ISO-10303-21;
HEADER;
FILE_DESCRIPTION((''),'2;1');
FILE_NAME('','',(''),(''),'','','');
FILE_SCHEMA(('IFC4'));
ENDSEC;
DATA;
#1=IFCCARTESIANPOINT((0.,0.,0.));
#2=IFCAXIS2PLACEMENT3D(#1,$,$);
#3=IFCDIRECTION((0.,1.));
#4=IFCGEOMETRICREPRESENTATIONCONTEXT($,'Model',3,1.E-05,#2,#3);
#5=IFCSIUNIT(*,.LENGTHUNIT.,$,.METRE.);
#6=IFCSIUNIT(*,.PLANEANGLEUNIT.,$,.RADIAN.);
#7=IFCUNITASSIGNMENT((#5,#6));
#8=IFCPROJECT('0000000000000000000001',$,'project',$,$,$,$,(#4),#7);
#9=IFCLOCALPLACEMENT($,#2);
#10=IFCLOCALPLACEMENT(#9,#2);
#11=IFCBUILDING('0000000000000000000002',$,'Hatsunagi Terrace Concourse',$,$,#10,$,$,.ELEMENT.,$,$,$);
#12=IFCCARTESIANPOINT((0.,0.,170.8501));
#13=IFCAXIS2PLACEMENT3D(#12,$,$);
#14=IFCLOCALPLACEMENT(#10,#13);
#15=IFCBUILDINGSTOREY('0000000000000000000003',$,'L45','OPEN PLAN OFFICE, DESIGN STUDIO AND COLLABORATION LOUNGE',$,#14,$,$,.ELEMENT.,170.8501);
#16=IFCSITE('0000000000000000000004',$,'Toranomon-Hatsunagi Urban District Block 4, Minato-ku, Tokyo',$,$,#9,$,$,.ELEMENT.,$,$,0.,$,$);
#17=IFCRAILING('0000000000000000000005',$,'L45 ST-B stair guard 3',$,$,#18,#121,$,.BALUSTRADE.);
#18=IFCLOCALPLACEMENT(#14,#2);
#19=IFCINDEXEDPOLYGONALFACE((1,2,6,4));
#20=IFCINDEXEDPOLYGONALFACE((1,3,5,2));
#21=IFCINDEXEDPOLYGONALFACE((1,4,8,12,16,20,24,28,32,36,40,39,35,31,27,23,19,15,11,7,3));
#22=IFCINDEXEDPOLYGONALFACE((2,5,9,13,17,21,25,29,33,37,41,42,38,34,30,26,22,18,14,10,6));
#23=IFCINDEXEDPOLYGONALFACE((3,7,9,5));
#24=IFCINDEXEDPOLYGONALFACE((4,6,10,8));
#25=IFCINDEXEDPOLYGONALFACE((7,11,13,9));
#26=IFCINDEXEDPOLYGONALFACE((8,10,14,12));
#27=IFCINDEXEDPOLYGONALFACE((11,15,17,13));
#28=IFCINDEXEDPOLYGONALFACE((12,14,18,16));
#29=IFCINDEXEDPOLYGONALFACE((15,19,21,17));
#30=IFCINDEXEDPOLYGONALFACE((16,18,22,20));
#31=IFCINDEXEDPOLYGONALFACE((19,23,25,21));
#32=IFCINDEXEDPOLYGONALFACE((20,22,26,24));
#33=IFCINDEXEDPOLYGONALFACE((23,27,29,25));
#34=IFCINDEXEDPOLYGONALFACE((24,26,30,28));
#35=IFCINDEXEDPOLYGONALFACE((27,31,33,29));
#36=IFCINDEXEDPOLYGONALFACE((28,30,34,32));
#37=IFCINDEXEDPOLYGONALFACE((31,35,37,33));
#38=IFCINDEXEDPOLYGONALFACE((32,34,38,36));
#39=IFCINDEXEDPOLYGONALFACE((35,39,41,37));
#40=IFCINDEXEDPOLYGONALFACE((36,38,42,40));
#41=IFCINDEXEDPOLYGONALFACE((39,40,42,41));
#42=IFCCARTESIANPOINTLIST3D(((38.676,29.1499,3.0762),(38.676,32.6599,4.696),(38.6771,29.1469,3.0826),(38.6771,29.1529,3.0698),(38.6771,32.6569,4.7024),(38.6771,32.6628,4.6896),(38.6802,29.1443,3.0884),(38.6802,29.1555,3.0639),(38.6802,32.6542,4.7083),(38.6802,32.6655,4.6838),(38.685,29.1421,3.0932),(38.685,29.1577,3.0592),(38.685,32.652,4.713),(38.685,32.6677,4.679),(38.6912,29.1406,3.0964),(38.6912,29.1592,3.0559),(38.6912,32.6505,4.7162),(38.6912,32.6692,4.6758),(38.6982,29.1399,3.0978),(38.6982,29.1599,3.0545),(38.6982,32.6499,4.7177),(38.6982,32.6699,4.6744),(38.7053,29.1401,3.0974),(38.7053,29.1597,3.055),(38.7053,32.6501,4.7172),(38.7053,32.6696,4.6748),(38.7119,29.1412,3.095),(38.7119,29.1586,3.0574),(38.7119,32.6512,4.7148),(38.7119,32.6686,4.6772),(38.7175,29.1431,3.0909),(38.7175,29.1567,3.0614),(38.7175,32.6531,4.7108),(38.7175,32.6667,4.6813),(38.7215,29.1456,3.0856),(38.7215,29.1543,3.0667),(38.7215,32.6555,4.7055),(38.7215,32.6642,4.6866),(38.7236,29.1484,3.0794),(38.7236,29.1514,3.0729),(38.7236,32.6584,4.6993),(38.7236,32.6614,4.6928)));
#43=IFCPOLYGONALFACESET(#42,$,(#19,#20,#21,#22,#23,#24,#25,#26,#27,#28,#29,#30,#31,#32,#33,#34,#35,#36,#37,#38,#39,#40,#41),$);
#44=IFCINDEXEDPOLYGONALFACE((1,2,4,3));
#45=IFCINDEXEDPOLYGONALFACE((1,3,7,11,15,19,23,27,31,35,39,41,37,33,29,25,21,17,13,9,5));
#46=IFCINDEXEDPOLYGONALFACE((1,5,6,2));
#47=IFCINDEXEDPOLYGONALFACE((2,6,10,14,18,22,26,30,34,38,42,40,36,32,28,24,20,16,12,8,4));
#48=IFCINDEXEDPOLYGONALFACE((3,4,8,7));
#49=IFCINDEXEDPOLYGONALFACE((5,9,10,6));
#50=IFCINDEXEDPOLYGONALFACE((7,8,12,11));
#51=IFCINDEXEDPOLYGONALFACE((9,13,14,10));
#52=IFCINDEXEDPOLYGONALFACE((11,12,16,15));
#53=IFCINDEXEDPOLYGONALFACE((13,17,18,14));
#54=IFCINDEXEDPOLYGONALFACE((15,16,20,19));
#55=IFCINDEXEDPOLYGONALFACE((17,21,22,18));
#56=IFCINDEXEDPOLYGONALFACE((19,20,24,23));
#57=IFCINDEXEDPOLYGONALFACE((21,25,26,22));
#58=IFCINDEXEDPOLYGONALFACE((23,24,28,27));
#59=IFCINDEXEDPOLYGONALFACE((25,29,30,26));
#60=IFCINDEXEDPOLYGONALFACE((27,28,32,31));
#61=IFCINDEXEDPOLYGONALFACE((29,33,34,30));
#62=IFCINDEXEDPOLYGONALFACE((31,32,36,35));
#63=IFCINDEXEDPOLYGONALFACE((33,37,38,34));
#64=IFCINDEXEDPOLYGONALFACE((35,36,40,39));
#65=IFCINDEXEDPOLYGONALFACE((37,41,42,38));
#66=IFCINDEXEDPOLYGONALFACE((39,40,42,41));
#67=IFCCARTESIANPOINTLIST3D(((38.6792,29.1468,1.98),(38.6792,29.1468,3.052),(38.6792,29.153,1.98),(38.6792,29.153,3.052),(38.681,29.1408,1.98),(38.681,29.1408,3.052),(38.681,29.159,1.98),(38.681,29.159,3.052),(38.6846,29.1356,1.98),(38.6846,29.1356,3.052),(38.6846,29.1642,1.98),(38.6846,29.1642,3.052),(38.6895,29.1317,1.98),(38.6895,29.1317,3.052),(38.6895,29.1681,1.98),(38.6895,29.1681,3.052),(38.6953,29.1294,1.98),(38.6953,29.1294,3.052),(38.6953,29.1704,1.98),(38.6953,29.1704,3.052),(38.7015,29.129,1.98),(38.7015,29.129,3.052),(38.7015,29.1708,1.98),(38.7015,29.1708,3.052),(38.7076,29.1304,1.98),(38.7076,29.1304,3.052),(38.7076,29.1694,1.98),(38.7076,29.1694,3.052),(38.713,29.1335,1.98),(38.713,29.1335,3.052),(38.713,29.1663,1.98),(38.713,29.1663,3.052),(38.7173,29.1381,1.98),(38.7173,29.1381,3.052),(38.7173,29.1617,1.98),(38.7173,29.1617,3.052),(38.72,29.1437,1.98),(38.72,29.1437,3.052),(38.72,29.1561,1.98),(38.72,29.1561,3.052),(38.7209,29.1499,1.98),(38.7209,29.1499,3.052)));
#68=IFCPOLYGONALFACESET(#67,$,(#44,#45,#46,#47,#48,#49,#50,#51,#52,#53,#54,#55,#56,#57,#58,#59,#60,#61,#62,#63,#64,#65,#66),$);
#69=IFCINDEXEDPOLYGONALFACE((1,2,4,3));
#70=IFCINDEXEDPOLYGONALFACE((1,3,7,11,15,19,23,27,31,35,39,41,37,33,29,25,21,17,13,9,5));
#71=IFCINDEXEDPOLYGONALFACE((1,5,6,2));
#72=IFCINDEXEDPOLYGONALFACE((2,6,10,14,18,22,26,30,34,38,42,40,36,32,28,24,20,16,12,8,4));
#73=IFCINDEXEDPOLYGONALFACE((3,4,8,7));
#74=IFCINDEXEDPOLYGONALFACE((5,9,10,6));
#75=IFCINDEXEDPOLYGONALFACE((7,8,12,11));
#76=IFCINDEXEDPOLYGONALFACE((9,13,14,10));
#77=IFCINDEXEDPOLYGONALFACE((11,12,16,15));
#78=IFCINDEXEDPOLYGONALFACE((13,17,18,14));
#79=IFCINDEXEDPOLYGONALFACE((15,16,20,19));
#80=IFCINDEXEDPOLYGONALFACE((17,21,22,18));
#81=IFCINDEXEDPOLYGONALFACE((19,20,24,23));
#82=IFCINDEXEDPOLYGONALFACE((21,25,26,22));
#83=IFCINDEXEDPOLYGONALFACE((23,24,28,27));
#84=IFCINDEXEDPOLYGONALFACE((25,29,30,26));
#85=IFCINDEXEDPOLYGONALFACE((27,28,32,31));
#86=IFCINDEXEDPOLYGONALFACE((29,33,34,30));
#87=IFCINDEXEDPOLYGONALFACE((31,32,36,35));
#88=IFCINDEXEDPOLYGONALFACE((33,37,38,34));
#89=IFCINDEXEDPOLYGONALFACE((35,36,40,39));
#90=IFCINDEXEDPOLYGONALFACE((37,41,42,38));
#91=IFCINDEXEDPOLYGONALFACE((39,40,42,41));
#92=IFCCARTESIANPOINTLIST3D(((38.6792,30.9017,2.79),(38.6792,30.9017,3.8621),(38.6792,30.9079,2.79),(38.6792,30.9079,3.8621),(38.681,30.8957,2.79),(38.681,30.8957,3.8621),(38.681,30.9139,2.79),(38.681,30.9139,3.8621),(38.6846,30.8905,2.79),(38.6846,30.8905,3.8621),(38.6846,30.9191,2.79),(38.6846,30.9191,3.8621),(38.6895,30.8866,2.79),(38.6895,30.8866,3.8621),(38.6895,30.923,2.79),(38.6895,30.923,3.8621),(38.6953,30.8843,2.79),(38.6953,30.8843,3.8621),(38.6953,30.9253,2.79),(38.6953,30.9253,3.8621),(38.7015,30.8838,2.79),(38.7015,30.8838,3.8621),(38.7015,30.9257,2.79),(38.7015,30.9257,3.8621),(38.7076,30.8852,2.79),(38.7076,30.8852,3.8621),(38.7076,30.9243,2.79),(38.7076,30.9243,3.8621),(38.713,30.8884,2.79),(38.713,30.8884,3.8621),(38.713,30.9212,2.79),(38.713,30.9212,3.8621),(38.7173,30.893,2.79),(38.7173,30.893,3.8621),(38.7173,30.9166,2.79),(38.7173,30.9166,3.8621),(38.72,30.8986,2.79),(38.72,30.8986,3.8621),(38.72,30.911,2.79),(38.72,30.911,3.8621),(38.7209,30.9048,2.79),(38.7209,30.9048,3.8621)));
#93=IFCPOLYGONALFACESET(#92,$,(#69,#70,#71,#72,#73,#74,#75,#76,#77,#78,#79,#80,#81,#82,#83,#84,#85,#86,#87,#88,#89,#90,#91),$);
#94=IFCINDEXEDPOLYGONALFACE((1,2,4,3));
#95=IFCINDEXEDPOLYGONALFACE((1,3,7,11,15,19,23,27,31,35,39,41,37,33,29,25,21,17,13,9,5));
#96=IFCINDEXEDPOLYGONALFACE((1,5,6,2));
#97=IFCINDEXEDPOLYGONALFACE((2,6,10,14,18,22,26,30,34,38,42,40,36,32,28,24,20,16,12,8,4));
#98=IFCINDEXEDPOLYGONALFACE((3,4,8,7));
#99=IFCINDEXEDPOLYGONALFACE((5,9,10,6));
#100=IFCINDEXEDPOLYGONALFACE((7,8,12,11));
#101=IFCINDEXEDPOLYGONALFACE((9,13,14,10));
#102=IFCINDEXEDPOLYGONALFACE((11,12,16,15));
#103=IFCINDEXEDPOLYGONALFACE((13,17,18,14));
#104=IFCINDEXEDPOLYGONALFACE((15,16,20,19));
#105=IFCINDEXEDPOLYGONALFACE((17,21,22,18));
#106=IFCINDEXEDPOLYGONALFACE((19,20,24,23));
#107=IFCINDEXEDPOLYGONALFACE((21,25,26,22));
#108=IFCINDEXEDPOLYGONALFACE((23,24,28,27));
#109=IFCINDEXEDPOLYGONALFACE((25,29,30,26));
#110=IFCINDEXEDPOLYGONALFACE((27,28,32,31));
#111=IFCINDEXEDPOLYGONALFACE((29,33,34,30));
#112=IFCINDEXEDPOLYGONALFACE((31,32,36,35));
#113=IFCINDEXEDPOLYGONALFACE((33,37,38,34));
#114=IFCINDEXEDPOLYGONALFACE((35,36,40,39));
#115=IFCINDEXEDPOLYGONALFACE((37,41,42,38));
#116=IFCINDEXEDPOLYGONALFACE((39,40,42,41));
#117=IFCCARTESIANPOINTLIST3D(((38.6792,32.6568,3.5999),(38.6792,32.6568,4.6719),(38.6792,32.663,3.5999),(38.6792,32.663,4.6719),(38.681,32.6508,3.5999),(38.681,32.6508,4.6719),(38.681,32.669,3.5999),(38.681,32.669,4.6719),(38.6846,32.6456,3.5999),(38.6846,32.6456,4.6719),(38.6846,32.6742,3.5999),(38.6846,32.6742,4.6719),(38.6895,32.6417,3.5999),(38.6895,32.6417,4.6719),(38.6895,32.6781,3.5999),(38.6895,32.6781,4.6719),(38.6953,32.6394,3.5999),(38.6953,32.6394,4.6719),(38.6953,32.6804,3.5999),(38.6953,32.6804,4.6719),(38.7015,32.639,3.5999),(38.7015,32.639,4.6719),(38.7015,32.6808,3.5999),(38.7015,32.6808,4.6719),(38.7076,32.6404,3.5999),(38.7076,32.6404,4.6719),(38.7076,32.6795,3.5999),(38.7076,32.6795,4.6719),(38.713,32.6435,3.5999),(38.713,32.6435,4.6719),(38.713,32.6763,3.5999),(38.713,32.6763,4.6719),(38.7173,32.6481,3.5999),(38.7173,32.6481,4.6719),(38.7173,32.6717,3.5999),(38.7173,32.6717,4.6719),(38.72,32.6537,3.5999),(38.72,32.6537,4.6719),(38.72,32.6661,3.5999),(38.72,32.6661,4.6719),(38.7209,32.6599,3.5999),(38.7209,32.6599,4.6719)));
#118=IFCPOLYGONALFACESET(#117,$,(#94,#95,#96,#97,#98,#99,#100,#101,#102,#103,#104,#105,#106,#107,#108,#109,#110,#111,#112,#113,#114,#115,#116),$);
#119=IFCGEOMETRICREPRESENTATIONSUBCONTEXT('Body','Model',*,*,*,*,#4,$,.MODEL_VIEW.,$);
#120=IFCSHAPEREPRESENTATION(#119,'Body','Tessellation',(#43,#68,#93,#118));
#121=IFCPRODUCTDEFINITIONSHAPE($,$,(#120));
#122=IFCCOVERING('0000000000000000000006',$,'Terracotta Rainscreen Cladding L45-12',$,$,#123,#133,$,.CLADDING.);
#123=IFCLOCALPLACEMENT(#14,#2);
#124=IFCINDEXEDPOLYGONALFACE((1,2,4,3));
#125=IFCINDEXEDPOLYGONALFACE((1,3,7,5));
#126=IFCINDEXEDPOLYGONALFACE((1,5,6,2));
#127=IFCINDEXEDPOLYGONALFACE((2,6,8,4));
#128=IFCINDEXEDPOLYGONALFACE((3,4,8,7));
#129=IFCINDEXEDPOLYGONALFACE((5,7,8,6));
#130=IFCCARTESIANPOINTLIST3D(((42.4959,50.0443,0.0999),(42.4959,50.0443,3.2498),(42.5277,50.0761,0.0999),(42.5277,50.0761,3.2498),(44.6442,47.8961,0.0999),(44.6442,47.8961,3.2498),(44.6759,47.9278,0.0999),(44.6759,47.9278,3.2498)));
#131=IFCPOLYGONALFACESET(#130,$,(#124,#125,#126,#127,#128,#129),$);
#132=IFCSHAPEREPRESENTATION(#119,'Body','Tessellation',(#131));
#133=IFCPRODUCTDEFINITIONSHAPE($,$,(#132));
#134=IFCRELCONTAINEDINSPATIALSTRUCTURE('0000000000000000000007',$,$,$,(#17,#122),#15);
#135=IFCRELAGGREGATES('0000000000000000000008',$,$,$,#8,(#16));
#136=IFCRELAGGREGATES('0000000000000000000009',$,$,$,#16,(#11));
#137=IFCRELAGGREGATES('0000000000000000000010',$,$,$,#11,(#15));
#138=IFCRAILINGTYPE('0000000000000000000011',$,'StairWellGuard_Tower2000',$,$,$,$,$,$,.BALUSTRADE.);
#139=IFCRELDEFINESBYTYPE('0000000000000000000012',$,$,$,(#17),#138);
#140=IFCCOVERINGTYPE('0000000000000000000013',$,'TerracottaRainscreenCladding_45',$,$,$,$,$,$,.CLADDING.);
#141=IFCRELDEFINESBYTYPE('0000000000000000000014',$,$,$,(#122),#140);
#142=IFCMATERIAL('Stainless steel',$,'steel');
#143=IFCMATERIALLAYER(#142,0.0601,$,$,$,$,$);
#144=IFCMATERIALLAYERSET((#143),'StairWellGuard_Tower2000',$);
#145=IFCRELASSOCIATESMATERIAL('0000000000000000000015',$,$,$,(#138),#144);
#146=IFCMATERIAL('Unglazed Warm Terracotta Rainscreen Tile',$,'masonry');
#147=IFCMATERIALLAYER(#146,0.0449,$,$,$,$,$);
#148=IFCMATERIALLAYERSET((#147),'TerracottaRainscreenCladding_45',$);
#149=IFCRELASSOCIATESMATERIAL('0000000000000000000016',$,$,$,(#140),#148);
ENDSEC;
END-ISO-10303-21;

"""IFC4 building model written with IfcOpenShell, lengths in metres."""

from ifc_helpers import new_model, si_unit, direction, frame, origin, origin_2d, place, context, subcontext, project, spatial, rectangle, circle, extrude, material, layer, layer_set, type_object, element, save


model = new_model("IFC4")

# Units and contexts
model_context = context("Model", 3, precision=1e-05, world=origin(), true_north=direction((0.0, 1.0)))
body_context = subcontext(model_context, "Body", "Model", "MODEL_VIEW")
ifc_project = project(units=[si_unit("LENGTHUNIT", "METRE"), si_unit("PLANEANGLEUNIT", "RADIAN")], contexts=[model_context])

# Site, building, storey
site_placement = place(None, origin())
site = spatial("IfcSite", under=ifc_project, at=site_placement, Name="Toranomon-Hatsunagi Urban District Block 4, Minato-ku, Tokyo", CompositionType="ELEMENT", RefElevation=0.0)
building_placement = place(site_placement, origin())
building = spatial("IfcBuilding", under=site, at=building_placement, Name="Hatsunagi Terrace Concourse", CompositionType="ELEMENT")
storey_placement = place(building_placement, frame((0.0, 0.0, 170.8501)))
storey = spatial("IfcBuildingStorey", under=building, at=storey_placement, Name="L45", Description="OPEN PLAN OFFICE, DESIGN STUDIO AND COLLABORATION LOUNGE", CompositionType="ELEMENT", Elevation=170.8501)

# Railing
ifc_material_1 = material(Name="Stainless steel", Category="steel")
ifc_layer_1 = layer(ifc_material_1, 0.0601)
ifc_layer_set_1 = layer_set([ifc_layer_1], Name="StairWellGuard_Tower2000")
railing_type_1 = type_object("IfcRailingType", Name="StairWellGuard_Tower2000", PredefinedType="BALUSTRADE", material=ifc_layer_set_1)
railing_1_placement = place(storey_placement, frame((38.7, 29.1499, 1.98)))
element("IfcRailing", 1, at=railing_1_placement, inside=storey, type_object=railing_type_1, Name="L45 ST-B stair guard 3", PredefinedType="BALUSTRADE", context=body_context, shape_type="SweptSolid", body=[
    extrude(circle(Radius=0.0239, at=origin_2d()), frame((0.0, 0.0, 1.0962), z_axis=(0.0, 0.907972, 0.41903), x_axis=(-1.0, 0.0, 0.0)), (0.0, 0.0, 1.0), 3.8657),
    extrude(circle(Radius=0.021, at=origin_2d()), origin(), (0.0, 0.0, 1.0), 1.072),
    extrude(circle(Radius=0.021, at=origin_2d()), frame((0.0, 1.7549, 0.8101)), (0.0, 0.0, 1.0), 1.072),
    extrude(circle(Radius=0.021, at=origin_2d()), frame((0.0, 3.51, 1.6199)), (0.0, 0.0, 1.0), 1.072),
])

# Covering
ifc_material_2 = material(Name="Unglazed Warm Terracotta Rainscreen Tile", Category="masonry")
ifc_layer_2 = layer(ifc_material_2, 0.0449)
ifc_layer_set_2 = layer_set([ifc_layer_2], Name="TerracottaRainscreenCladding_45")
covering_type = type_object("IfcCoveringType", Name="TerracottaRainscreenCladding_45", PredefinedType="CLADDING", material=ifc_layer_set_2)
covering_placement = place(storey_placement, frame((43.5859, 48.9861, 0.0999), z_axis=(0.0, 0.0, 1.0), x_axis=(0.707107, -0.707107, 0.0)))
element("IfcCovering", 2, at=covering_placement, inside=storey, type_object=covering_type, Name="Terracotta Rainscreen Cladding L45-12", PredefinedType="CLADDING", context=body_context, shape_type="SweptSolid", body=[
    extrude(rectangle(XDim=3.0381, YDim=0.0449, at=origin_2d()), origin(), (0.0, 0.0, 1.0), 3.1499),
])

save(model, "model.ifc")
